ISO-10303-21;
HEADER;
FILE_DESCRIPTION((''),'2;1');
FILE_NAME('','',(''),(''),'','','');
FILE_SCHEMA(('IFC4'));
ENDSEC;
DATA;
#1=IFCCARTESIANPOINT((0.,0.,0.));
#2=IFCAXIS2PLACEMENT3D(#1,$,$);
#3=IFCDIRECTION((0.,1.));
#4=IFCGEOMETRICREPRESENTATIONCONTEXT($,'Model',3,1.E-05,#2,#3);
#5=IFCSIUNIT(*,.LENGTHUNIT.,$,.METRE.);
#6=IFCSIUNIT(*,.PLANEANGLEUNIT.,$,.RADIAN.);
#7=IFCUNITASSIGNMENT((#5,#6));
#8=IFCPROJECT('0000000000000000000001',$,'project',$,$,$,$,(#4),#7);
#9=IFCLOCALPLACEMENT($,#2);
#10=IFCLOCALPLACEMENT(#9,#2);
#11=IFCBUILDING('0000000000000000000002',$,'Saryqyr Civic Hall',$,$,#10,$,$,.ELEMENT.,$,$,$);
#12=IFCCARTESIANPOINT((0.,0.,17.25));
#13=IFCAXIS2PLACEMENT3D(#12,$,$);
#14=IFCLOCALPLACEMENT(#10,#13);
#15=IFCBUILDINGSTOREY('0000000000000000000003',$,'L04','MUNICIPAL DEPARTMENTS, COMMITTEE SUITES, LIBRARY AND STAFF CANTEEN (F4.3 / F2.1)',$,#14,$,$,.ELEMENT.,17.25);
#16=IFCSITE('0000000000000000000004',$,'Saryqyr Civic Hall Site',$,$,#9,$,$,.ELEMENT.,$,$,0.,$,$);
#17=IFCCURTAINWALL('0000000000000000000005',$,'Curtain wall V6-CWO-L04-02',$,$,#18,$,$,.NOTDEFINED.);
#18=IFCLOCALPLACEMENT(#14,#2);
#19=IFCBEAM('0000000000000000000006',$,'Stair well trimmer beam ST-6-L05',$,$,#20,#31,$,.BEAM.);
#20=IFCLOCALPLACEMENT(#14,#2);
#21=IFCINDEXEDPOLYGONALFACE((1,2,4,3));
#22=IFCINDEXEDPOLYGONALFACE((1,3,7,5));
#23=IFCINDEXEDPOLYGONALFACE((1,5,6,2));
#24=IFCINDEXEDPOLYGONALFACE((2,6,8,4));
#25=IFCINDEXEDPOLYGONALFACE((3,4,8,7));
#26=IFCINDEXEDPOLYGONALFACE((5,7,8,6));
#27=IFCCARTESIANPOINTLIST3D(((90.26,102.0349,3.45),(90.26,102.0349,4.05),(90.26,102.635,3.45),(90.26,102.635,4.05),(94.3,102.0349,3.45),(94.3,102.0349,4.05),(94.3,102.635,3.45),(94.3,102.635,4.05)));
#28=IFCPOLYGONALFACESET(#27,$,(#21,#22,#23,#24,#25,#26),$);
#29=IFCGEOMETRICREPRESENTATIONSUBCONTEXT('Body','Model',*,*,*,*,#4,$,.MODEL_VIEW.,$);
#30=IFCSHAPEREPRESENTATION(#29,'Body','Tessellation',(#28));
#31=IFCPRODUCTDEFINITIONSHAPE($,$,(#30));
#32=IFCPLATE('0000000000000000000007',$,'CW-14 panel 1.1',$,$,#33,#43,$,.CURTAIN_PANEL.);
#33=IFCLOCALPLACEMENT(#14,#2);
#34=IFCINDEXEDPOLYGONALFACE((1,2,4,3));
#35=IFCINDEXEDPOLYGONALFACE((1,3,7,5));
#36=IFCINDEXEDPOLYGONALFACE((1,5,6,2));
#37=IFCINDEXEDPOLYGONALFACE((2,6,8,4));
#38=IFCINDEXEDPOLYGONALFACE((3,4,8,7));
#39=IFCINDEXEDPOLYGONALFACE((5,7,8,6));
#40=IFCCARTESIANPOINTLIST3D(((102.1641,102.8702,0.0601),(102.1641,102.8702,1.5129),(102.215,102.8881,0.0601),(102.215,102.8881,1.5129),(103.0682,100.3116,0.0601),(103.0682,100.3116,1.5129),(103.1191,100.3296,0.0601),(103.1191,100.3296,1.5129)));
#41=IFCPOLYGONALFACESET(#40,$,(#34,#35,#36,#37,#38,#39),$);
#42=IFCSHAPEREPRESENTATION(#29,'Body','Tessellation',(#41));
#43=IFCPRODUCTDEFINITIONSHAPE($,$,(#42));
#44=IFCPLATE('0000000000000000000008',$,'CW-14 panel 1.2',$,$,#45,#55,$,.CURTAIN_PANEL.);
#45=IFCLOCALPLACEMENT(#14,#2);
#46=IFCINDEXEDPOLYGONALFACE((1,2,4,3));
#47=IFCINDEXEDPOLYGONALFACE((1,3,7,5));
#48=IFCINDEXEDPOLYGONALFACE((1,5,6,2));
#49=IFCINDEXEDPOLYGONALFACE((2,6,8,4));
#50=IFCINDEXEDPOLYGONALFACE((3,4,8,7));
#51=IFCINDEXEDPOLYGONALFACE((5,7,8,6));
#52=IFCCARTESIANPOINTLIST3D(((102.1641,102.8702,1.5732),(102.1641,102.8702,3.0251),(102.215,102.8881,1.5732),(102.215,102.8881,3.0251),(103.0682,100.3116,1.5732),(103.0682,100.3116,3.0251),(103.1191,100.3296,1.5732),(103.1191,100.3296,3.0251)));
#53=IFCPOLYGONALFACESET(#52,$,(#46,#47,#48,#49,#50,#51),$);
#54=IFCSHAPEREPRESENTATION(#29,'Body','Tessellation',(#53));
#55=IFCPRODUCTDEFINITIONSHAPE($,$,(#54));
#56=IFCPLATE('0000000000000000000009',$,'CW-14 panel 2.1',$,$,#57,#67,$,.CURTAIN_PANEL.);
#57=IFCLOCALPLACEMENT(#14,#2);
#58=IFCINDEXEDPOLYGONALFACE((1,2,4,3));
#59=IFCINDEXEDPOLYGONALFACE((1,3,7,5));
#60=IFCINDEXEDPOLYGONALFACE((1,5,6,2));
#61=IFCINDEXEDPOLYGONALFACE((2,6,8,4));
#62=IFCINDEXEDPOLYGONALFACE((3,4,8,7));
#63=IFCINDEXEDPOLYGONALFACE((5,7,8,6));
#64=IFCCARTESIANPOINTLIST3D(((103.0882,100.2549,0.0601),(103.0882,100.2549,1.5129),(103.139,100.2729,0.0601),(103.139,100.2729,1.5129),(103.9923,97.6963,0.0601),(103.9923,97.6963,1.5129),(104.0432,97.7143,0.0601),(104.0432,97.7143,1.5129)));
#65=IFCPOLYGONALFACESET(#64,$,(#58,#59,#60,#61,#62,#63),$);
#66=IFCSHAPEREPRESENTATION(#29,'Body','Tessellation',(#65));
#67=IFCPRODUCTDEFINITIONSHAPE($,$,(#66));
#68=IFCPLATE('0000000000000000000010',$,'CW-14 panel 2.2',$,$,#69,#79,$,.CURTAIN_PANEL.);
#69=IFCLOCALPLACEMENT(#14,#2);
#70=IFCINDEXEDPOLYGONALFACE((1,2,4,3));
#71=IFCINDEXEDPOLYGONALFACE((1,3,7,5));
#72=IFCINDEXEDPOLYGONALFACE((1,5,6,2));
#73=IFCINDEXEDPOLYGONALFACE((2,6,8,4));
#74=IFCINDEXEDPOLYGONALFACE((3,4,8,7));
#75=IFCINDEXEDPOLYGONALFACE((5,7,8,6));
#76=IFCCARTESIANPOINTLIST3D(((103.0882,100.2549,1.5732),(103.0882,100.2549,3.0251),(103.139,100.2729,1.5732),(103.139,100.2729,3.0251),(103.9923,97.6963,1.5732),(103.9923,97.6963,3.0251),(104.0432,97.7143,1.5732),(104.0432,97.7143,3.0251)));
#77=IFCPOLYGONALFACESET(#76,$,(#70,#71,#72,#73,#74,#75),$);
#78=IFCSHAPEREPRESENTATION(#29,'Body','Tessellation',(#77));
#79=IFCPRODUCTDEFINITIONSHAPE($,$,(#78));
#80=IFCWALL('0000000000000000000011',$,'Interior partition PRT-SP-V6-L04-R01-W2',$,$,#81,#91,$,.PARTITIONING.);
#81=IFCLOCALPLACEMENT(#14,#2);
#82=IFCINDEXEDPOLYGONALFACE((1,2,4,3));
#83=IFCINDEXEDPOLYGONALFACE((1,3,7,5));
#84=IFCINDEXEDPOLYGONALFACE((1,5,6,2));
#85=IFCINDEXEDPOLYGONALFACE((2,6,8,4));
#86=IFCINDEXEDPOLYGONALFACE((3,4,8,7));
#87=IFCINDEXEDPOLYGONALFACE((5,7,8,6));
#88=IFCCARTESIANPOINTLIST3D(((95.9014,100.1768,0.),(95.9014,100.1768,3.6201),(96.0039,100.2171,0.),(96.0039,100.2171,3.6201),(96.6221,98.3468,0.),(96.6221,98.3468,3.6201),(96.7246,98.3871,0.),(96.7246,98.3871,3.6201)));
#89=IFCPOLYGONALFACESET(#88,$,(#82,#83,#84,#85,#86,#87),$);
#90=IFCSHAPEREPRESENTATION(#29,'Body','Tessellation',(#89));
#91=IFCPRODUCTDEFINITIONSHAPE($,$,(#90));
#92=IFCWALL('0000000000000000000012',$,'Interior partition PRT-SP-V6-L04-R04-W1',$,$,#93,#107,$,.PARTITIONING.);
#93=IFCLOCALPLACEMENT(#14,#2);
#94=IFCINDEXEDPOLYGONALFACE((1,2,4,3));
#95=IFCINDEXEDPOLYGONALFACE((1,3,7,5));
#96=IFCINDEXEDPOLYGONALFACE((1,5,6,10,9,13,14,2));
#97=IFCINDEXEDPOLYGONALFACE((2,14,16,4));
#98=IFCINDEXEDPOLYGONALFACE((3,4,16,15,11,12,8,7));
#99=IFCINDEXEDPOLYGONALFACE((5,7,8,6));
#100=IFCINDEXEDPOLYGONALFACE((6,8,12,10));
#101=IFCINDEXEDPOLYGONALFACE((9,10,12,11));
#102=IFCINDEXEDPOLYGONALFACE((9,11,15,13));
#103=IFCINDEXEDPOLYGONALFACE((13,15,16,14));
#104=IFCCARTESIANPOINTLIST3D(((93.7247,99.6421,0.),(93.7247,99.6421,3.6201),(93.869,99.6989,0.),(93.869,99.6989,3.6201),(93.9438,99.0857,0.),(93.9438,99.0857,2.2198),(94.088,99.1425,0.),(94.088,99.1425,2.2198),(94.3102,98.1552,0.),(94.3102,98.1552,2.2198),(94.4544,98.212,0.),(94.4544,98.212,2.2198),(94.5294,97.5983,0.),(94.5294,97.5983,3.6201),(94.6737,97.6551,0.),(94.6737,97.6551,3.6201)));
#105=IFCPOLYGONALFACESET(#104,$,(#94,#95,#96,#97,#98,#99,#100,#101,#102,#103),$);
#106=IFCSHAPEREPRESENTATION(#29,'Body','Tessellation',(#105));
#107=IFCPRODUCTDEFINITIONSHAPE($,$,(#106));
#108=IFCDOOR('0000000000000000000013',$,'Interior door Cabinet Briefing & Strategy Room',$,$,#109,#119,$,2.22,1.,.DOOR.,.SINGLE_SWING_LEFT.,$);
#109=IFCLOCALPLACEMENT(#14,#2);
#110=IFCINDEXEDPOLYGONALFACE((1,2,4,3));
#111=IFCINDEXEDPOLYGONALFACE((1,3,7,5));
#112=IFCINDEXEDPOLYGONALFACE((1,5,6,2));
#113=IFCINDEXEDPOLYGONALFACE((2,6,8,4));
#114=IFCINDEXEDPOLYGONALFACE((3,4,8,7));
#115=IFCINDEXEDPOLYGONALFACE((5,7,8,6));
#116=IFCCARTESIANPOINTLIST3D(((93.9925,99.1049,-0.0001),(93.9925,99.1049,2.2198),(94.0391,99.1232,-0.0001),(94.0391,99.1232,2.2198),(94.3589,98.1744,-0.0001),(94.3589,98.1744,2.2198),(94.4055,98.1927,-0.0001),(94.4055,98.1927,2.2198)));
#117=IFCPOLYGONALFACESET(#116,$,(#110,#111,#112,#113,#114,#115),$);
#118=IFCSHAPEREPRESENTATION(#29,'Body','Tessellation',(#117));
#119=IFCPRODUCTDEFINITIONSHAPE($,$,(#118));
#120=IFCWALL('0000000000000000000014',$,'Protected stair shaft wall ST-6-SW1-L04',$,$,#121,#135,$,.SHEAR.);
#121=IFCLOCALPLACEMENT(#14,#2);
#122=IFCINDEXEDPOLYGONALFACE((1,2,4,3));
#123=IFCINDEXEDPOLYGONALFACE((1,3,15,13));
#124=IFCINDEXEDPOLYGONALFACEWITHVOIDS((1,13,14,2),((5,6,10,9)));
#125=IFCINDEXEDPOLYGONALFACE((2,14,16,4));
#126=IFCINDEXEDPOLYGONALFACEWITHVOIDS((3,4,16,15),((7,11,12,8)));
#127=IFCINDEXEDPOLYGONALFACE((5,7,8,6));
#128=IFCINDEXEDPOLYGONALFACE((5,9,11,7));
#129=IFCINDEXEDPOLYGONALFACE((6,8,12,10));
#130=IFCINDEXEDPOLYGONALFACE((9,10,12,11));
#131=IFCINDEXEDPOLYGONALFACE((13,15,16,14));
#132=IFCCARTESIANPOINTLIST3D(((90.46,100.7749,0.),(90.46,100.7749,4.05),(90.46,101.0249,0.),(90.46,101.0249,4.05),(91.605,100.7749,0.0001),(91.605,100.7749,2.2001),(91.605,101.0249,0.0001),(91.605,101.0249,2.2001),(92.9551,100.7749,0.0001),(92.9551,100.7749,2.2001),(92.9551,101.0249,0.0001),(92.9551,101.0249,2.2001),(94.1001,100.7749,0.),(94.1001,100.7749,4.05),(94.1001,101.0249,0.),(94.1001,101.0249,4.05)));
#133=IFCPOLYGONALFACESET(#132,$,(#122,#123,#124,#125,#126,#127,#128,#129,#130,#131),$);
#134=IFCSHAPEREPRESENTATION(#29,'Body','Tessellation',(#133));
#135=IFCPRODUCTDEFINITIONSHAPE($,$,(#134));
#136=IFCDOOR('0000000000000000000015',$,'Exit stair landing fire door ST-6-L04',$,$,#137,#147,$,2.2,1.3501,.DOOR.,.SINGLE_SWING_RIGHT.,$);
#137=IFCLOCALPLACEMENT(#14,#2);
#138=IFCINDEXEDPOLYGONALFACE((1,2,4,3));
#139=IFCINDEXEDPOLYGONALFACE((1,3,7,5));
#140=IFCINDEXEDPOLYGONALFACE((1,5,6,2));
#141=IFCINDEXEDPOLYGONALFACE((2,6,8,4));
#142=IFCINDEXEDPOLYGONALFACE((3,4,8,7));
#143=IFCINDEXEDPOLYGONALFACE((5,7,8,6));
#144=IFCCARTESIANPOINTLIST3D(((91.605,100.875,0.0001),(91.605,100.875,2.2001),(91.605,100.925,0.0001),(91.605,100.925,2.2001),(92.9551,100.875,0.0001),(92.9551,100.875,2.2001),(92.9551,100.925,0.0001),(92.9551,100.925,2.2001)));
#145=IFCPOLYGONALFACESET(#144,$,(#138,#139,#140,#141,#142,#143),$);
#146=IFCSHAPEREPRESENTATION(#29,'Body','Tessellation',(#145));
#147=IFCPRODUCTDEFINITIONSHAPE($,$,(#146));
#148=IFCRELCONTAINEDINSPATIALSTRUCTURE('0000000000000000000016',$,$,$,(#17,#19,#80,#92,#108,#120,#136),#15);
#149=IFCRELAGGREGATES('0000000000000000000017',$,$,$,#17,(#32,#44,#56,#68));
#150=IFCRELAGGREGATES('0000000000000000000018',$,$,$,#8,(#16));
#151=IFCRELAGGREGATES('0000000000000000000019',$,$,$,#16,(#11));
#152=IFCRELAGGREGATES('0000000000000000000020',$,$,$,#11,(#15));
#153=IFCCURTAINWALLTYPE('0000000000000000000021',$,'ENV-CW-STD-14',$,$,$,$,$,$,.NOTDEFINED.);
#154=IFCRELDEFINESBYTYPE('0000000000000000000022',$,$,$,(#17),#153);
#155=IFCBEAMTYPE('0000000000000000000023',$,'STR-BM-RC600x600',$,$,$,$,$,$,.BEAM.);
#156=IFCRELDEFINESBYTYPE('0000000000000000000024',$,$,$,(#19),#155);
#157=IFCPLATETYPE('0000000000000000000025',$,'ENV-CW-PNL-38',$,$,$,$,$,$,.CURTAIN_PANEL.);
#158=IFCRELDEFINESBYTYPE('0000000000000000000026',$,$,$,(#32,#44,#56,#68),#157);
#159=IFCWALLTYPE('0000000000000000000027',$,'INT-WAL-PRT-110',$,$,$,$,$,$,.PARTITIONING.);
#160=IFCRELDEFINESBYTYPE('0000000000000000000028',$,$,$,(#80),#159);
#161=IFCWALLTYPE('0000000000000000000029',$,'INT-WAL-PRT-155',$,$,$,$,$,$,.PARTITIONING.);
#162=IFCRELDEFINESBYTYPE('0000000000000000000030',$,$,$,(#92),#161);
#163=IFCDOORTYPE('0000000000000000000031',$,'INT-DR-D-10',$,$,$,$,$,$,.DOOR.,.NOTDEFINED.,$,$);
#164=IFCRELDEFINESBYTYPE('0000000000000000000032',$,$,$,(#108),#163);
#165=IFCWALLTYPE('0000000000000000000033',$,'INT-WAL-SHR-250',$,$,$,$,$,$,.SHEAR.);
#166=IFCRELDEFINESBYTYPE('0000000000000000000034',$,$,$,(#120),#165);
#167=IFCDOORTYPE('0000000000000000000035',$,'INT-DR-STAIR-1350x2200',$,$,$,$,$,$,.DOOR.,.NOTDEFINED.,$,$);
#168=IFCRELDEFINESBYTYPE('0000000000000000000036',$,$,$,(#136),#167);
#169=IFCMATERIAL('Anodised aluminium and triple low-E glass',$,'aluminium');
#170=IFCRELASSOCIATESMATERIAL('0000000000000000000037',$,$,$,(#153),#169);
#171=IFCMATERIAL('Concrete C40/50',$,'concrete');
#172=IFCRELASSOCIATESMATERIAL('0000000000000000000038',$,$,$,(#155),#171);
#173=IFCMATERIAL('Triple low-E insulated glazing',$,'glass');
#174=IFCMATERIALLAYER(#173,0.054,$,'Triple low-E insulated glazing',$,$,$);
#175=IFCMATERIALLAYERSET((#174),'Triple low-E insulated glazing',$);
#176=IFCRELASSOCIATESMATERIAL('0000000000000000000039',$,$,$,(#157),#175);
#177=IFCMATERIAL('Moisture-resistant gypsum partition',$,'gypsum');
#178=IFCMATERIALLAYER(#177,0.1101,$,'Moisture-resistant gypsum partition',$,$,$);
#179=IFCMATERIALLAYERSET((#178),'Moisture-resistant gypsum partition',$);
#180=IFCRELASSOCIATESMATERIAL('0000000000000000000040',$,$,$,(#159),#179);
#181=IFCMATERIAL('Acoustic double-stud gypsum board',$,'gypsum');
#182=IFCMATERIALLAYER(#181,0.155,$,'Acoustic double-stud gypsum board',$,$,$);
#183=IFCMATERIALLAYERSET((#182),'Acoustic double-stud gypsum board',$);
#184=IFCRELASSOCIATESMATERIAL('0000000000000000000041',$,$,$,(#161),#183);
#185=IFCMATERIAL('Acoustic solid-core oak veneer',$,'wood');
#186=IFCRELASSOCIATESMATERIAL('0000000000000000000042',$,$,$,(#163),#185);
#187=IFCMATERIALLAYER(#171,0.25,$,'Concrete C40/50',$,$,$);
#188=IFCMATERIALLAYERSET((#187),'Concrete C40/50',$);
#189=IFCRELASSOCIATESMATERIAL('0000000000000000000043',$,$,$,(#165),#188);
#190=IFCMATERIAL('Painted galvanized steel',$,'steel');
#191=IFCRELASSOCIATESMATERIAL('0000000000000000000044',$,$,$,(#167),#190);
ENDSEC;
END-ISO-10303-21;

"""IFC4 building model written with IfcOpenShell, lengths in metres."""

from ifc_helpers import new_model, si_unit, direction, frame, frame_2d, origin, origin_2d, place, context, subcontext, project, spatial, rectangle, extrude, material, layer, layer_set, material_profile, profile_set, type_object, element, fill, aggregate, save


model = new_model("IFC4")

# Units and contexts
model_context = context("Model", 3, precision=1e-05, world=origin(), true_north=direction((0.0, 1.0)))
body_context = subcontext(model_context, "Body", "Model", "MODEL_VIEW")
ifc_project = project(units=[si_unit("LENGTHUNIT", "METRE"), si_unit("PLANEANGLEUNIT", "RADIAN")], contexts=[model_context])

# Site, building, storey
site_placement = place(None, origin())
site = spatial("IfcSite", under=ifc_project, at=site_placement, Name="Saryqyr Civic Hall Site", CompositionType="ELEMENT", RefElevation=0.0)
building_placement = place(site_placement, origin())
building = spatial("IfcBuilding", under=site, at=building_placement, Name="Saryqyr Civic Hall", CompositionType="ELEMENT")
storey_placement = place(building_placement, frame((0.0, 0.0, 17.25)))
storey = spatial("IfcBuildingStorey", under=building, at=storey_placement, Name="L04", Description="MUNICIPAL DEPARTMENTS, COMMITTEE SUITES, LIBRARY AND STAFF CANTEEN (F4.3 / F2.1)", CompositionType="ELEMENT", Elevation=17.25)

# Shared definitions
ifc_material_1 = material(Name="Concrete C40/50", Category="concrete")

# Curtain wall
ifc_material_2 = material(Name="Anodised aluminium and triple low-E glass", Category="aluminium")
curtain_wall_type = type_object("IfcCurtainWallType", Name="ENV-CW-STD-14", PredefinedType="NOTDEFINED", material=ifc_material_2)
curtain_wall_placement = place(storey_placement, origin())
curtain_wall = element("IfcCurtainWall", 1, at=curtain_wall_placement, inside=storey, type_object=curtain_wall_type, Name="Curtain wall V6-CWO-L04-02", PredefinedType="NOTDEFINED")

# Beam
ifc_material_profile_1 = material_profile(ifc_material_1, rectangle(XDim=0.6001, YDim=0.6001, at=origin_2d()), Name="RC 600x600")
ifc_profile_set_1 = profile_set([ifc_material_profile_1], Name="Concrete C40/50")
beam_type_1 = type_object("IfcBeamType", Name="STR-BM-RC600x600", PredefinedType="BEAM", material=ifc_profile_set_1)
beam_1_placement = place(storey_placement, frame((94.3, 102.335, 3.75), z_axis=(-1.0, 0.0, 0.0), x_axis=(0.0, -1.0, 0.0)))
element("IfcBeam", 2, at=beam_1_placement, inside=storey, type_object=beam_type_1, Name="Stair well trimmer beam ST-6-L05", PredefinedType="BEAM", context=body_context, shape_type="SweptSolid", body=[
    extrude(rectangle(XDim=0.6001, YDim=0.6001, at=origin_2d()), origin(), (0.0, 0.0, 1.0), 4.04),
])

# Plates
ifc_material_3 = material(Name="Triple low-E insulated glazing", Category="glass")
ifc_layer_1 = layer(ifc_material_3, 0.054, Name="Triple low-E insulated glazing")
ifc_layer_set_1 = layer_set([ifc_layer_1], Name="Triple low-E insulated glazing")
plate_type = type_object("IfcPlateType", Name="ENV-CW-PNL-38", PredefinedType="CURTAIN_PANEL", material=ifc_layer_set_1)
plate_1_placement = place(storey_placement, frame((102.6416, 101.5999, 0.0601), z_axis=(0.0, 0.0, 1.0), x_axis=(0.33318, -0.942863, 0.0)))
plate_1 = element("IfcPlate", 3, at=plate_1_placement, type_object=plate_type, Name="CW-14 panel 1.1", PredefinedType="CURTAIN_PANEL", context=body_context, shape_type="SweptSolid", body=[
    extrude(rectangle(XDim=2.7136, YDim=0.054, at=origin_2d()), origin(), (0.0, 0.0, 1.0), 1.4529),
])
plate_2_placement = place(storey_placement, frame((102.6416, 101.5999, 1.5732), z_axis=(0.0, 0.0, 1.0), x_axis=(0.33318, -0.942863, 0.0)))
plate_2 = element("IfcPlate", 4, at=plate_2_placement, type_object=plate_type, Name="CW-14 panel 1.2", PredefinedType="CURTAIN_PANEL", context=body_context, shape_type="SweptSolid", body=[
    extrude(rectangle(XDim=2.7136, YDim=0.054, at=origin_2d()), origin(), (0.0, 0.0, 1.0), 1.4519),
])
plate_3_placement = place(storey_placement, frame((103.5657, 98.9846, 0.0601), z_axis=(0.0, 0.0, 1.0), x_axis=(0.33318, -0.942863, 0.0)))
plate_3 = element("IfcPlate", 5, at=plate_3_placement, type_object=plate_type, Name="CW-14 panel 2.1", PredefinedType="CURTAIN_PANEL", context=body_context, shape_type="SweptSolid", body=[
    extrude(rectangle(XDim=2.7136, YDim=0.054, at=origin_2d()), origin(), (0.0, 0.0, 1.0), 1.4529),
])
plate_4_placement = place(storey_placement, frame((103.5657, 98.9846, 1.5732), z_axis=(0.0, 0.0, 1.0), x_axis=(0.33318, -0.942863, 0.0)))
plate_4 = element("IfcPlate", 6, at=plate_4_placement, type_object=plate_type, Name="CW-14 panel 2.2", PredefinedType="CURTAIN_PANEL", context=body_context, shape_type="SweptSolid", body=[
    extrude(rectangle(XDim=2.7136, YDim=0.054, at=origin_2d()), origin(), (0.0, 0.0, 1.0), 1.4519),
])
aggregate(curtain_wall, [plate_1, plate_2, plate_3, plate_4])

# Wall
ifc_material_4 = material(Name="Moisture-resistant gypsum partition", Category="gypsum")
ifc_layer_2 = layer(ifc_material_4, 0.1101, Name="Moisture-resistant gypsum partition")
ifc_layer_set_2 = layer_set([ifc_layer_2], Name="Moisture-resistant gypsum partition")
wall_type_1 = type_object("IfcWallType", Name="INT-WAL-PRT-110", PredefinedType="PARTITIONING", material=ifc_layer_set_2)
wall_1_placement = place(storey_placement, frame((96.6733, 98.3669, 0.0), z_axis=(0.0, 0.0, 1.0), x_axis=(-0.36642, 0.930449, 0.0)))
element("IfcWall", 7, at=wall_1_placement, inside=storey, type_object=wall_type_1, Name="Interior partition PRT-SP-V6-L04-R01-W2", PredefinedType="PARTITIONING", context=body_context, shape_type="SweptSolid", body=[
    extrude(rectangle(XDim=1.9668, YDim=0.1101, at=frame_2d((0.9834, 0.0))), origin(), (0.0, 0.0, 1.0), 3.6201),
])

# Walls, openings, doors
ifc_material_5 = material(Name="Acoustic double-stud gypsum board", Category="gypsum")
ifc_layer_3 = layer(ifc_material_5, 0.155, Name="Acoustic double-stud gypsum board")
ifc_layer_set_3 = layer_set([ifc_layer_3], Name="Acoustic double-stud gypsum board")
wall_type_2 = type_object("IfcWallType", Name="INT-WAL-PRT-155", PredefinedType="PARTITIONING", material=ifc_layer_set_3)
wall_2_placement = place(storey_placement, frame((93.7969, 99.6704, 0.0), z_axis=(0.0, 0.0, 1.0), x_axis=(0.366364, -0.930472, 0.0)))
wall_2 = element("IfcWall", 8, at=wall_2_placement, inside=storey, type_object=wall_type_2, Name="Interior partition PRT-SP-V6-L04-R04-W1", PredefinedType="PARTITIONING", context=body_context, shape_type="SweptSolid", body=[
    extrude(rectangle(XDim=2.1965, YDim=0.155, at=frame_2d((1.0981, 0.0))), origin(), (0.0, 0.0, 1.0), 3.6201),
])
opening_1_placement = place(wall_2_placement, frame((0.5979, 0.0, 0.0)))
opening_1 = element("IfcOpeningElement", 9, at=opening_1_placement, cuts=wall_2, PredefinedType="OPENING", context=body_context, shape_type="SweptSolid", body=[
    extrude(rectangle(XDim=1.0, YDim=2.22, at=frame_2d((0.5, 1.1099))), frame((0.0, 0.0874, 0.0), z_axis=(0.0, -1.0, 0.0), x_axis=(1.0, 0.0, 0.0)), (0.0, 0.0, 1.0), 0.175),
])
ifc_material_6 = material(Name="Acoustic solid-core oak veneer", Category="wood")
door_type_1 = type_object("IfcDoorType", Name="INT-DR-D-10", OperationType="NOTDEFINED", PredefinedType="DOOR", material=ifc_material_6)
door_1_placement = place(opening_1_placement, origin())
door_1 = element("IfcDoor", 10, at=door_1_placement, inside=storey, type_object=door_type_1, Name="Interior door Cabinet Briefing & Strategy Room", OperationType="SINGLE_SWING_LEFT", OverallHeight=2.22, OverallWidth=1.0, PredefinedType="DOOR", context=body_context, shape_type="SweptSolid", body=[
    extrude(rectangle(XDim=1.0, YDim=2.22, at=frame_2d((0.5, 1.1099))), frame((0.0, 0.0249, 0.0), z_axis=(0.0, -1.0, 0.0), x_axis=(1.0, 0.0, 0.0)), (0.0, 0.0, 1.0), 0.05),
])
fill(opening_1, door_1)
ifc_layer_4 = layer(ifc_material_1, 0.25, Name="Concrete C40/50")
ifc_layer_set_4 = layer_set([ifc_layer_4], Name="Concrete C40/50")
wall_type_3 = type_object("IfcWallType", Name="INT-WAL-SHR-250", PredefinedType="SHEAR", material=ifc_layer_set_4)
wall_3_placement = place(storey_placement, frame((94.1001, 100.8999, 0.0), z_axis=(0.0, 0.0, 1.0), x_axis=(-1.0, 0.0, 0.0)))
wall_3 = element("IfcWall", 11, at=wall_3_placement, inside=storey, type_object=wall_type_3, Name="Protected stair shaft wall ST-6-SW1-L04", PredefinedType="SHEAR", context=body_context, shape_type="SweptSolid", body=[
    extrude(rectangle(XDim=3.6401, YDim=0.25, at=frame_2d((1.8201, 0.0))), origin(), (0.0, 0.0, 1.0), 4.05),
])
opening_2_placement = place(wall_3_placement, frame((1.145, 0.0, 0.0)))
opening_2 = element("IfcOpeningElement", 12, at=opening_2_placement, cuts=wall_3, PredefinedType="OPENING", context=body_context, shape_type="SweptSolid", body=[
    extrude(rectangle(XDim=1.3501, YDim=2.2, at=frame_2d((0.675, 1.1001))), frame((0.0, 0.135, 0.0), z_axis=(0.0, -1.0, 0.0), x_axis=(1.0, 0.0, 0.0)), (0.0, 0.0, 1.0), 0.27),
])
ifc_material_7 = material(Name="Painted galvanized steel", Category="steel")
door_type_2 = type_object("IfcDoorType", Name="INT-DR-STAIR-1350x2200", OperationType="NOTDEFINED", PredefinedType="DOOR", material=ifc_material_7)
door_2_placement = place(opening_2_placement, origin())
door_2 = element("IfcDoor", 13, at=door_2_placement, inside=storey, type_object=door_type_2, Name="Exit stair landing fire door ST-6-L04", OperationType="SINGLE_SWING_RIGHT", OverallHeight=2.2, OverallWidth=1.3501, PredefinedType="DOOR", context=body_context, shape_type="SweptSolid", body=[
    extrude(rectangle(XDim=1.3501, YDim=2.2, at=frame_2d((0.675, 1.1001))), frame((0.0, 0.0249, 0.0), z_axis=(0.0, -1.0, 0.0), x_axis=(1.0, 0.0, 0.0)), (0.0, 0.0, 1.0), 0.05),
])
fill(opening_2, door_2)

save(model, "model.ifc")
